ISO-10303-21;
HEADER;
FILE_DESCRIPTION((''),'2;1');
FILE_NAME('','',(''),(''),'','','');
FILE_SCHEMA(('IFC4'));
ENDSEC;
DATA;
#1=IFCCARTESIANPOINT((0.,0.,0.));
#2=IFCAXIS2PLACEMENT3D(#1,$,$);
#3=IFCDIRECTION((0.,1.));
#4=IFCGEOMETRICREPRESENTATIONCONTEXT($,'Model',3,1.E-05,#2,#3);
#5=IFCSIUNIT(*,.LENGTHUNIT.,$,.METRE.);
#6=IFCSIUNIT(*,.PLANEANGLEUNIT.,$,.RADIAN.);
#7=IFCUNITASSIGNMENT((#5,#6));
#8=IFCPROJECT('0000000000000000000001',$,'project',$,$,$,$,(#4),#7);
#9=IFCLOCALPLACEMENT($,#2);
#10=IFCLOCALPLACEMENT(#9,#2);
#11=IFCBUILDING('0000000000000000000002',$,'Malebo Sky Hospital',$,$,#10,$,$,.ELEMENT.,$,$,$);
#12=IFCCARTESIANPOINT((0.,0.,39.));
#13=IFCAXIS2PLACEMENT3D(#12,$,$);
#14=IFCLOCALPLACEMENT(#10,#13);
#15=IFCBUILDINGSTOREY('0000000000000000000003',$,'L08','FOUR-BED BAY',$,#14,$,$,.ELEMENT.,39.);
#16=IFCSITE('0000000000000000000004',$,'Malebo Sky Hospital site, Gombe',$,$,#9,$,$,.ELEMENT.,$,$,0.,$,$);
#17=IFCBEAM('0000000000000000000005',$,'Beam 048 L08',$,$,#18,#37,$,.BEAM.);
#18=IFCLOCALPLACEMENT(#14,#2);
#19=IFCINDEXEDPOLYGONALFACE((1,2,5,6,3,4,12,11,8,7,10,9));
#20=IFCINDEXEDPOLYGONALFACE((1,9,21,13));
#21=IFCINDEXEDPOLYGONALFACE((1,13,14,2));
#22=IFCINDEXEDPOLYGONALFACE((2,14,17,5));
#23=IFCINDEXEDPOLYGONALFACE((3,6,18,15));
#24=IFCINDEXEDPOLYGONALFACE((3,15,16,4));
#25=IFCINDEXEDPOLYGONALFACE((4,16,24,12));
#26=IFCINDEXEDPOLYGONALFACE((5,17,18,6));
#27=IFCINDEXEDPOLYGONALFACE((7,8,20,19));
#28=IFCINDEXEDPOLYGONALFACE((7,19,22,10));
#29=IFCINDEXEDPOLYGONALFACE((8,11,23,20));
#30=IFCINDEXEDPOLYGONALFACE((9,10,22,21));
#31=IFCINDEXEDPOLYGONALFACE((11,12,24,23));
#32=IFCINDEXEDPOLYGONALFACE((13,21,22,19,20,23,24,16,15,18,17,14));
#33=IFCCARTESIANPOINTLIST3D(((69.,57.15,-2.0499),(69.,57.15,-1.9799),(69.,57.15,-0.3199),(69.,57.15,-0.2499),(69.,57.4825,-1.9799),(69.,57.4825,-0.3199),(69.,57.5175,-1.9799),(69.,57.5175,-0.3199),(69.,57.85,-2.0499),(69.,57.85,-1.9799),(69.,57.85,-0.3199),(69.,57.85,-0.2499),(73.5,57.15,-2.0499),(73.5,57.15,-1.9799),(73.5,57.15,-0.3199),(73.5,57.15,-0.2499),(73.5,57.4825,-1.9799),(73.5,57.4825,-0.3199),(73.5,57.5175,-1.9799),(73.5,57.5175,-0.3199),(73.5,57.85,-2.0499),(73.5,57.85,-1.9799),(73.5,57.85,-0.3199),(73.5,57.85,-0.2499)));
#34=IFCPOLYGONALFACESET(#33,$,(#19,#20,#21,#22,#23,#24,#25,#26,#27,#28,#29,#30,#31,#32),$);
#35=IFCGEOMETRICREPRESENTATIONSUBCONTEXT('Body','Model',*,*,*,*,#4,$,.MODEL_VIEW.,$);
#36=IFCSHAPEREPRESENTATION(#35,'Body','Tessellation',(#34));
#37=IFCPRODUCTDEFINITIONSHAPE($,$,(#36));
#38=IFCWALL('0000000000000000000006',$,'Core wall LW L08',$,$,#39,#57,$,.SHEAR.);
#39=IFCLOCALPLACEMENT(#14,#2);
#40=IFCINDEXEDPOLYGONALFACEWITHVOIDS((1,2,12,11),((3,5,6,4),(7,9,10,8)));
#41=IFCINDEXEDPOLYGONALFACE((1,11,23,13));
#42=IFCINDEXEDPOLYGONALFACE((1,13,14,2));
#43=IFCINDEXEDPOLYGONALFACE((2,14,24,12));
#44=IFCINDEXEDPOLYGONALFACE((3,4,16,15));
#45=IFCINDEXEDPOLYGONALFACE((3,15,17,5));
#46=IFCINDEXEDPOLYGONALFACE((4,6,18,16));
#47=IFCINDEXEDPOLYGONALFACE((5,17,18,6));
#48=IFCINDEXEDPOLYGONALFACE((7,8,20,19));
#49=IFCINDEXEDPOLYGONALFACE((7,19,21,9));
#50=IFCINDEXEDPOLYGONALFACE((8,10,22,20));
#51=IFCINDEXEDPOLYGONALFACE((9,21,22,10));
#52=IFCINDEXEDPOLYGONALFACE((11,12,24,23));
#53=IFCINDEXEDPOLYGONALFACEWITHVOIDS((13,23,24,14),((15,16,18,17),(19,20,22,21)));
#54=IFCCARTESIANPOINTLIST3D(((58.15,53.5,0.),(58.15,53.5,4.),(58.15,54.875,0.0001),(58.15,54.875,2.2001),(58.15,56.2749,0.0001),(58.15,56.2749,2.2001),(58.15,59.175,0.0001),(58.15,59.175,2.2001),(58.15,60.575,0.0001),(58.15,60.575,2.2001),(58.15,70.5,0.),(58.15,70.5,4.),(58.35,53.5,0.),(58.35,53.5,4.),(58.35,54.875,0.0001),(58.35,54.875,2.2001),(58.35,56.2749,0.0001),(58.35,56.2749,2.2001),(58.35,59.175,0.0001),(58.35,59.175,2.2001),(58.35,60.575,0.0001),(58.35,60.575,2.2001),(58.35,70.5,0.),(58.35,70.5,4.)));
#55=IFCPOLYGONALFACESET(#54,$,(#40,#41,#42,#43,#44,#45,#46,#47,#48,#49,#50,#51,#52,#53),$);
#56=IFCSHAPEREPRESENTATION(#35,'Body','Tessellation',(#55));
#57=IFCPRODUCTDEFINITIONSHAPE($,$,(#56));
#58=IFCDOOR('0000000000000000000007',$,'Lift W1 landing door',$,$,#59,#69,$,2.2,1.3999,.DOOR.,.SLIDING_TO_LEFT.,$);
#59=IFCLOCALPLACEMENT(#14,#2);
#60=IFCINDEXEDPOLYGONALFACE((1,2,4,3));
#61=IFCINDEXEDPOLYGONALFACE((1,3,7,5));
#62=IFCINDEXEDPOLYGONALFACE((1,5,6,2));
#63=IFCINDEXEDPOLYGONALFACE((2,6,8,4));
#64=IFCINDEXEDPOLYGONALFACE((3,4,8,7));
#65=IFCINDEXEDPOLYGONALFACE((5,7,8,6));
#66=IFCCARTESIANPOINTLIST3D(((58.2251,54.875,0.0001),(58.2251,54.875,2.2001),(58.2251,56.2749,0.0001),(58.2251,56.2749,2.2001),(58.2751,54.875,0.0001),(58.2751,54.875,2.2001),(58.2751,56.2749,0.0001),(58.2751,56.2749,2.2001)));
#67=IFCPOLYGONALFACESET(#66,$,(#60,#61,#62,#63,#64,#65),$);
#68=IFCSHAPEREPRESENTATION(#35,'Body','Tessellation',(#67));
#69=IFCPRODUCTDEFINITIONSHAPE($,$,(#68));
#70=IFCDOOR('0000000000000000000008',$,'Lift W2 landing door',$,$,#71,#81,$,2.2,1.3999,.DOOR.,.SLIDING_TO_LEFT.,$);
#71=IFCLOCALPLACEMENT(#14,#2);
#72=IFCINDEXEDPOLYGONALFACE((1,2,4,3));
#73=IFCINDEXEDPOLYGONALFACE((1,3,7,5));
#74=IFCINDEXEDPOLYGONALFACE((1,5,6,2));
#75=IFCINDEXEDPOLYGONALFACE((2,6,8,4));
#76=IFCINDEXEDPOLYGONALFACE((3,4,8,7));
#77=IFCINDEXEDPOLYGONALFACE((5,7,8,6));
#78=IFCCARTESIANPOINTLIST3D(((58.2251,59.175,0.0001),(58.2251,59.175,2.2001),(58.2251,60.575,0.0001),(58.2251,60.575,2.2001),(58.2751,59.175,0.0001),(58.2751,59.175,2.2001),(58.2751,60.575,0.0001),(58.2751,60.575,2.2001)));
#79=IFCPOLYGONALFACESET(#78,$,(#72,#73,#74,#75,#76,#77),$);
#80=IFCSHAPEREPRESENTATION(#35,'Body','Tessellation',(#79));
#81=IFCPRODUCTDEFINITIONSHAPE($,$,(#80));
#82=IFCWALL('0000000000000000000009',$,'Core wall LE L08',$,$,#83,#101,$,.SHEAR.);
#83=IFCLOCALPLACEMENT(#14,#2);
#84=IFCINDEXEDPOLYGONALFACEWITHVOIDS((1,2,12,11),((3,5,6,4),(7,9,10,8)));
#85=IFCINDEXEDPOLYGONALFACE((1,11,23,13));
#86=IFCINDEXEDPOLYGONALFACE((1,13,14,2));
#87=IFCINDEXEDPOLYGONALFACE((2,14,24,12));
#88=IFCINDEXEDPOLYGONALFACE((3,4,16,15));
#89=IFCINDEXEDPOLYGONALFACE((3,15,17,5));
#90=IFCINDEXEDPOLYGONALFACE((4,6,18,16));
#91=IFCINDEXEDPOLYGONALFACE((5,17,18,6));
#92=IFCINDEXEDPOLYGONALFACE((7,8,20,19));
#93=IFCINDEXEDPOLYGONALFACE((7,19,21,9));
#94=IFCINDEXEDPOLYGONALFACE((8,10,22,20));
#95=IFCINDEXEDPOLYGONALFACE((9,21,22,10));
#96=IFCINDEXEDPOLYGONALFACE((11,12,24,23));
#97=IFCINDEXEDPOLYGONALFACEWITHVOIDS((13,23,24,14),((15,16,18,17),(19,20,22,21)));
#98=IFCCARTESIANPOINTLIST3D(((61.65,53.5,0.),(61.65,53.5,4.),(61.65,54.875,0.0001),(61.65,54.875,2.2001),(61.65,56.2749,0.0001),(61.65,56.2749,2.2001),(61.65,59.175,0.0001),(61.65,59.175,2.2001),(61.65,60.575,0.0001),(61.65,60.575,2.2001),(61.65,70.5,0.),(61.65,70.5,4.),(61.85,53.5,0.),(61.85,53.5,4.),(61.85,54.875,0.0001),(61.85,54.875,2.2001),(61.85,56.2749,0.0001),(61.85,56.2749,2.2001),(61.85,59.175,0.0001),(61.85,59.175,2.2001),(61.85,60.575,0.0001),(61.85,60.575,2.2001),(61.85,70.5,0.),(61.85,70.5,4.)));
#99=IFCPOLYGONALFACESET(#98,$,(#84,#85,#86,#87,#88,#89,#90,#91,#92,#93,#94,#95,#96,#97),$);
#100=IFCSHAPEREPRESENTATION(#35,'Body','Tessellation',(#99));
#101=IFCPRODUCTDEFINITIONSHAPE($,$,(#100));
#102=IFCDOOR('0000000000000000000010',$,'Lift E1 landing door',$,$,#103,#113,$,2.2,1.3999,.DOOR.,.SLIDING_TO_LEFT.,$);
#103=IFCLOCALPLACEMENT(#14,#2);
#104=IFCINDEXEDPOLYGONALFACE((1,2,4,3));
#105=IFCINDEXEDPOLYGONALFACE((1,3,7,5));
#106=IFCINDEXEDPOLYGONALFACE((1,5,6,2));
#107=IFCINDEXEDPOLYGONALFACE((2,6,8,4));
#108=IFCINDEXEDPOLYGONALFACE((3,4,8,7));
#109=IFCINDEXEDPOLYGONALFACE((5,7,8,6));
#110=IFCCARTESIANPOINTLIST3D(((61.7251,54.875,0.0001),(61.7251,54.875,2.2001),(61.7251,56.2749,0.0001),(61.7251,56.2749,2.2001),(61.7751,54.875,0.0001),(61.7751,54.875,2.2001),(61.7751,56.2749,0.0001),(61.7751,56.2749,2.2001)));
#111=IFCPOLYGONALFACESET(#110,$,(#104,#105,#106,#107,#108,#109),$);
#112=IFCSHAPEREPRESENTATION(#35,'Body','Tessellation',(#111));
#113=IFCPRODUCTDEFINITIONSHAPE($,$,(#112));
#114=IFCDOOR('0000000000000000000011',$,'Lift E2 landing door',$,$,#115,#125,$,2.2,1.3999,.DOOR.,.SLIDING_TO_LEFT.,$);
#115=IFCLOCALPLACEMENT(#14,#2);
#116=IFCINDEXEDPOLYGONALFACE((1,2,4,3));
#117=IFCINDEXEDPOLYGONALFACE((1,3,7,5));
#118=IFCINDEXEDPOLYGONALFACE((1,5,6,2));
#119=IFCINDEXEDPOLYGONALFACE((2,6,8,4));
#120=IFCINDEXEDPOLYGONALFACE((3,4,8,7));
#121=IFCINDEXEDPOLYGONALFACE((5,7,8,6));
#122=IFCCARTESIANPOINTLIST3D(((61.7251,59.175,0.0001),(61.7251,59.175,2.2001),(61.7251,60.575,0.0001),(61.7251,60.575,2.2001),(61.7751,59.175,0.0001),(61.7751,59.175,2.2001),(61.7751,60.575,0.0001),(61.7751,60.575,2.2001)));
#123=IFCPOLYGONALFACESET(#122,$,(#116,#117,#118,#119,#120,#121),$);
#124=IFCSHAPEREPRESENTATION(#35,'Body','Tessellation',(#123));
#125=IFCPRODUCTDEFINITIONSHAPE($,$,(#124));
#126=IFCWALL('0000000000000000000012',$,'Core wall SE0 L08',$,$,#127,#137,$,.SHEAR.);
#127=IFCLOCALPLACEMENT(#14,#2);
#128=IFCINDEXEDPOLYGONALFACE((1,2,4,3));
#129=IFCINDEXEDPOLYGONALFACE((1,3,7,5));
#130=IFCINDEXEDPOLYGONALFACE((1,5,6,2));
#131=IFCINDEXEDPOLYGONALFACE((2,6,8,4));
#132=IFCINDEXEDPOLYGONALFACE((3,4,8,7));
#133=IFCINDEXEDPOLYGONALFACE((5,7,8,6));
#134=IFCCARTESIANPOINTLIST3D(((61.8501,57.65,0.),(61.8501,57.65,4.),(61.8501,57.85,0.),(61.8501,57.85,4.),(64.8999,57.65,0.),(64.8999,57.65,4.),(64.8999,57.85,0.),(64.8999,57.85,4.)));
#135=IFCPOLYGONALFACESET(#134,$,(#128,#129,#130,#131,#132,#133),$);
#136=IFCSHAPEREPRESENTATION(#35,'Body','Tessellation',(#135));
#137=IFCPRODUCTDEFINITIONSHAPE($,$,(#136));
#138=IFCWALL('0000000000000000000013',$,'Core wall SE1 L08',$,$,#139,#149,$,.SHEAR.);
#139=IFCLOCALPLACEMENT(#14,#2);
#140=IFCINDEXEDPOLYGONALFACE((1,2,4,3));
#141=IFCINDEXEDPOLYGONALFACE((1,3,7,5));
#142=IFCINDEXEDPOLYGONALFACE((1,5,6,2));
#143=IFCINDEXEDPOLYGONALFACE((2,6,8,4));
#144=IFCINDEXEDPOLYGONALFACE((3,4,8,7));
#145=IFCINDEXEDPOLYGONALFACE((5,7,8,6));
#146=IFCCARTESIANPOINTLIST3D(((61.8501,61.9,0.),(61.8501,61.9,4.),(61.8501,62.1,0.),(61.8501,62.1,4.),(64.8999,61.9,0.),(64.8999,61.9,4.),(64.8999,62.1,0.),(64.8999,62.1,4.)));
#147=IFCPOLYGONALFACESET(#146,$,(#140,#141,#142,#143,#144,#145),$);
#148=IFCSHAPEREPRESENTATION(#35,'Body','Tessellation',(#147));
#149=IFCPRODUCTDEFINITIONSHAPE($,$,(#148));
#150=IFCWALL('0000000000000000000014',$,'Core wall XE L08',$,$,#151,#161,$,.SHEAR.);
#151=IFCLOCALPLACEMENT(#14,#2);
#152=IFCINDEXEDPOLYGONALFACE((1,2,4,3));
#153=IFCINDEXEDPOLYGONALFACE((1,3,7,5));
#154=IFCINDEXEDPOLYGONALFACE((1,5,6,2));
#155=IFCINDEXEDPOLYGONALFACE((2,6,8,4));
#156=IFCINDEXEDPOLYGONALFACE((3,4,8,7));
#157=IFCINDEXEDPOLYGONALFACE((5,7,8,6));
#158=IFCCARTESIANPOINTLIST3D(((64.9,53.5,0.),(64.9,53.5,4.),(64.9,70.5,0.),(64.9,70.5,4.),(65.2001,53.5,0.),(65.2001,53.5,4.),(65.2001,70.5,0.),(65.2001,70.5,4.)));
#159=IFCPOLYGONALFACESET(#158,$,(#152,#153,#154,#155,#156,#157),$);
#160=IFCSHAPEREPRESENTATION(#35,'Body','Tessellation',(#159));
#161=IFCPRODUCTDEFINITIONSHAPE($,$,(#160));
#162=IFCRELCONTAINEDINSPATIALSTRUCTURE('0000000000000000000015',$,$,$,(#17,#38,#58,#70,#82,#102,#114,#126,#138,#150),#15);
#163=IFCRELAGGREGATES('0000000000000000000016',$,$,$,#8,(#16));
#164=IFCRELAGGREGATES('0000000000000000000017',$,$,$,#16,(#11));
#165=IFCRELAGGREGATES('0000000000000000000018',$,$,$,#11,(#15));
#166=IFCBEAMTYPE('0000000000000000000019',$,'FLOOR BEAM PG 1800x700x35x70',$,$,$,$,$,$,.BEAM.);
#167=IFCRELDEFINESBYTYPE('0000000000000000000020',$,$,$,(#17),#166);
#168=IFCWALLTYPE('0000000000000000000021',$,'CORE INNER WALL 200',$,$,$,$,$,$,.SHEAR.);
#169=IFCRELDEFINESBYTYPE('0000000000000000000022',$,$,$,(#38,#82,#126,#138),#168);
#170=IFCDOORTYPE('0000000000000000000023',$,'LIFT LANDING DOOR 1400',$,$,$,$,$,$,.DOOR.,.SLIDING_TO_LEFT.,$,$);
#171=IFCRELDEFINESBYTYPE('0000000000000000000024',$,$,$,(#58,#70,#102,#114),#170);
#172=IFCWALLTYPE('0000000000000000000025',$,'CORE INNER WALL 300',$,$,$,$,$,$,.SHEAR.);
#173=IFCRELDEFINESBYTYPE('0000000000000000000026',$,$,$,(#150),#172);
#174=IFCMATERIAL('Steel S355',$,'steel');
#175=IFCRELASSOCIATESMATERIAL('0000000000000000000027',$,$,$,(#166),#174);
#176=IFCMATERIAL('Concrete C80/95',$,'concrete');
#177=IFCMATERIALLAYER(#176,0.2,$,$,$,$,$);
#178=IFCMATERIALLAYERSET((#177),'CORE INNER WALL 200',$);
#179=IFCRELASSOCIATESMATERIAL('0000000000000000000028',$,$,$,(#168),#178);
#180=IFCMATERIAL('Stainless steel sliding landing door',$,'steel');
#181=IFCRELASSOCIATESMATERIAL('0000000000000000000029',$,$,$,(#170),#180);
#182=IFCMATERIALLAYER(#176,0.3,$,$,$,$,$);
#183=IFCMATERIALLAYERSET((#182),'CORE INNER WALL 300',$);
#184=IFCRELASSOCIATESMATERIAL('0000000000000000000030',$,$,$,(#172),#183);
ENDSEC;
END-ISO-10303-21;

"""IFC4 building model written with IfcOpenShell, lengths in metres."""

from ifc_helpers import new_model, si_unit, direction, frame, frame_2d, origin, origin_2d, place, context, subcontext, project, spatial, rectangle, i_section, extrude, material, layer, layer_set, material_profile, profile_set, type_object, element, fill, save


model = new_model("IFC4")

# Units and contexts
model_context = context("Model", 3, precision=1e-05, world=origin(), true_north=direction((0.0, 1.0)))
body_context = subcontext(model_context, "Body", "Model", "MODEL_VIEW")
ifc_project = project(units=[si_unit("LENGTHUNIT", "METRE"), si_unit("PLANEANGLEUNIT", "RADIAN")], contexts=[model_context])

# Site, building, storey
site_placement = place(None, origin())
site = spatial("IfcSite", under=ifc_project, at=site_placement, Name="Malebo Sky Hospital site, Gombe", CompositionType="ELEMENT", RefElevation=0.0)
building_placement = place(site_placement, origin())
building = spatial("IfcBuilding", under=site, at=building_placement, Name="Malebo Sky Hospital", CompositionType="ELEMENT")
storey_placement = place(building_placement, frame((0.0, 0.0, 39.0)))
storey = spatial("IfcBuildingStorey", under=building, at=storey_placement, Name="L08", Description="FOUR-BED BAY", CompositionType="ELEMENT", Elevation=39.0)

# Beam
ifc_material_1 = material(Name="Steel S355", Category="steel")
ifc_material_profile = material_profile(ifc_material_1, i_section(OverallWidth=0.7, OverallDepth=1.8, WebThickness=0.0349, FlangeThickness=0.0701, at=origin_2d()), Name="PG 1800x700x35x70")
ifc_profile_set = profile_set([ifc_material_profile], Name="Steel S355")
beam_type = type_object("IfcBeamType", Name="FLOOR BEAM PG 1800x700x35x70", PredefinedType="BEAM", material=ifc_profile_set)
beam_placement = place(storey_placement, frame((69.0, 57.5, -1.1499), z_axis=(1.0, 0.0, 0.0), x_axis=(0.0, 1.0, 0.0)))
element("IfcBeam", 1, at=beam_placement, inside=storey, type_object=beam_type, Name="Beam 048 L08", PredefinedType="BEAM", context=body_context, shape_type="SweptSolid", body=[
    extrude(i_section(OverallWidth=0.7, OverallDepth=1.8, WebThickness=0.0349, FlangeThickness=0.0701, at=origin_2d()), origin(), (0.0, 0.0, 1.0), 4.5),
])

# Walls, openings, doors
ifc_material_2 = material(Name="Concrete C80/95", Category="concrete")
ifc_layer_1 = layer(ifc_material_2, 0.2)
ifc_layer_set_1 = layer_set([ifc_layer_1], Name="CORE INNER WALL 200")
wall_type_1 = type_object("IfcWallType", Name="CORE INNER WALL 200", PredefinedType="SHEAR", material=ifc_layer_set_1)
wall_1_placement = place(storey_placement, frame((58.25, 53.5, 0.0), z_axis=(0.0, 0.0, 1.0), x_axis=(0.0, 1.0, 0.0)))
wall_1 = element("IfcWall", 2, at=wall_1_placement, inside=storey, type_object=wall_type_1, Name="Core wall LW L08", PredefinedType="SHEAR", context=body_context, shape_type="SweptSolid", body=[
    extrude(rectangle(XDim=17.0, YDim=0.2, at=frame_2d((8.5, 0.0))), origin(), (0.0, 0.0, 1.0), 4.0),
])
opening_1_placement = place(wall_1_placement, frame((1.375, 0.0, 0.0)))
opening_1 = element("IfcOpeningElement", 3, at=opening_1_placement, cuts=wall_1, PredefinedType="OPENING", context=body_context, shape_type="SweptSolid", body=[
    extrude(rectangle(XDim=1.3999, YDim=2.2, at=frame_2d((0.7, 1.1001))), frame((0.0, 0.1099, 0.0), z_axis=(0.0, -1.0, 0.0), x_axis=(1.0, 0.0, 0.0)), (0.0, 0.0, 1.0), 0.22),
])
opening_2_placement = place(wall_1_placement, frame((5.675, 0.0, 0.0)))
opening_2 = element("IfcOpeningElement", 4, at=opening_2_placement, cuts=wall_1, PredefinedType="OPENING", context=body_context, shape_type="SweptSolid", body=[
    extrude(rectangle(XDim=1.3999, YDim=2.2, at=frame_2d((0.7, 1.1001))), frame((0.0, 0.1099, 0.0), z_axis=(0.0, -1.0, 0.0), x_axis=(1.0, 0.0, 0.0)), (0.0, 0.0, 1.0), 0.22),
])
ifc_material_3 = material(Name="Stainless steel sliding landing door", Category="steel")
door_type_1 = type_object("IfcDoorType", Name="LIFT LANDING DOOR 1400", OperationType="SLIDING_TO_LEFT", PredefinedType="DOOR", material=ifc_material_3)
door_1_placement = place(opening_1_placement, origin())
door_1 = element("IfcDoor", 5, at=door_1_placement, inside=storey, type_object=door_type_1, Name="Lift W1 landing door", OperationType="SLIDING_TO_LEFT", OverallHeight=2.2, OverallWidth=1.3999, PredefinedType="DOOR", context=body_context, shape_type="SweptSolid", body=[
    extrude(rectangle(XDim=1.3999, YDim=2.2, at=frame_2d((0.7, 1.1001))), frame((0.0, 0.0249, 0.0), z_axis=(0.0, -1.0, 0.0), x_axis=(1.0, 0.0, 0.0)), (0.0, 0.0, 1.0), 0.05),
])
fill(opening_1, door_1)
door_2_placement = place(opening_2_placement, origin())
door_2 = element("IfcDoor", 6, at=door_2_placement, inside=storey, type_object=door_type_1, Name="Lift W2 landing door", OperationType="SLIDING_TO_LEFT", OverallHeight=2.2, OverallWidth=1.3999, PredefinedType="DOOR", context=body_context, shape_type="SweptSolid", body=[
    extrude(rectangle(XDim=1.3999, YDim=2.2, at=frame_2d((0.7, 1.1001))), frame((0.0, 0.0249, 0.0), z_axis=(0.0, -1.0, 0.0), x_axis=(1.0, 0.0, 0.0)), (0.0, 0.0, 1.0), 0.05),
])
fill(opening_2, door_2)
wall_2_placement = place(storey_placement, frame((61.75, 53.5, 0.0), z_axis=(0.0, 0.0, 1.0), x_axis=(0.0, 1.0, 0.0)))
wall_2 = element("IfcWall", 7, at=wall_2_placement, inside=storey, type_object=wall_type_1, Name="Core wall LE L08", PredefinedType="SHEAR", context=body_context, shape_type="SweptSolid", body=[
    extrude(rectangle(XDim=17.0, YDim=0.2, at=frame_2d((8.5, 0.0))), origin(), (0.0, 0.0, 1.0), 4.0),
])
opening_3_placement = place(wall_2_placement, frame((1.375, 0.0, 0.0)))
opening_3 = element("IfcOpeningElement", 8, at=opening_3_placement, cuts=wall_2, PredefinedType="OPENING", context=body_context, shape_type="SweptSolid", body=[
    extrude(rectangle(XDim=1.3999, YDim=2.2, at=frame_2d((0.7, 1.1001))), frame((0.0, 0.1099, 0.0), z_axis=(0.0, -1.0, 0.0), x_axis=(1.0, 0.0, 0.0)), (0.0, 0.0, 1.0), 0.22),
])
opening_4_placement = place(wall_2_placement, frame((5.675, 0.0, 0.0)))
opening_4 = element("IfcOpeningElement", 9, at=opening_4_placement, cuts=wall_2, PredefinedType="OPENING", context=body_context, shape_type="SweptSolid", body=[
    extrude(rectangle(XDim=1.3999, YDim=2.2, at=frame_2d((0.7, 1.1001))), frame((0.0, 0.1099, 0.0), z_axis=(0.0, -1.0, 0.0), x_axis=(1.0, 0.0, 0.0)), (0.0, 0.0, 1.0), 0.22),
])
door_3_placement = place(opening_3_placement, origin())
door_3 = element("IfcDoor", 10, at=door_3_placement, inside=storey, type_object=door_type_1, Name="Lift E1 landing door", OperationType="SLIDING_TO_LEFT", OverallHeight=2.2, OverallWidth=1.3999, PredefinedType="DOOR", context=body_context, shape_type="SweptSolid", body=[
    extrude(rectangle(XDim=1.3999, YDim=2.2, at=frame_2d((0.7, 1.1001))), frame((0.0, 0.0249, 0.0), z_axis=(0.0, -1.0, 0.0), x_axis=(1.0, 0.0, 0.0)), (0.0, 0.0, 1.0), 0.05),
])
fill(opening_3, door_3)
door_4_placement = place(opening_4_placement, origin())
door_4 = element("IfcDoor", 11, at=door_4_placement, inside=storey, type_object=door_type_1, Name="Lift E2 landing door", OperationType="SLIDING_TO_LEFT", OverallHeight=2.2, OverallWidth=1.3999, PredefinedType="DOOR", context=body_context, shape_type="SweptSolid", body=[
    extrude(rectangle(XDim=1.3999, YDim=2.2, at=frame_2d((0.7, 1.1001))), frame((0.0, 0.0249, 0.0), z_axis=(0.0, -1.0, 0.0), x_axis=(1.0, 0.0, 0.0)), (0.0, 0.0, 1.0), 0.05),
])
fill(opening_4, door_4)

# Walls
for number, where, z_axis, x_axis, name in (
    (12, (61.8501, 57.75, 0.0), (0.0, 0.0, 1.0), (1.0, 0.0, 0.0), "Core wall SE0 L08"),
    (13, (61.8501, 62.0, 0.0), (0.0, 0.0, 1.0), (1.0, 0.0, 0.0), "Core wall SE1 L08"),
):
    element("IfcWall", number, at=place(storey_placement, frame(where, z_axis=z_axis, x_axis=x_axis)), inside=storey, type_object=wall_type_1, Name=name, PredefinedType="SHEAR", context=body_context, shape_type="SweptSolid", body=[
        extrude(rectangle(XDim=3.0498, YDim=0.2, at=frame_2d((1.5249, 0.0))), origin(), (0.0, 0.0, 1.0), 4.0),
    ])
ifc_layer_2 = layer(ifc_material_2, 0.3)
ifc_layer_set_2 = layer_set([ifc_layer_2], Name="CORE INNER WALL 300")
wall_type_2 = type_object("IfcWallType", Name="CORE INNER WALL 300", PredefinedType="SHEAR", material=ifc_layer_set_2)
wall_3_placement = place(storey_placement, frame((65.05, 53.5, 0.0), z_axis=(0.0, 0.0, 1.0), x_axis=(0.0, 1.0, 0.0)))
element("IfcWall", 14, at=wall_3_placement, inside=storey, type_object=wall_type_2, Name="Core wall XE L08", PredefinedType="SHEAR", context=body_context, shape_type="SweptSolid", body=[
    extrude(rectangle(XDim=17.0, YDim=0.3, at=frame_2d((8.5, 0.0))), origin(), (0.0, 0.0, 1.0), 4.0),
])

save(model, "model.ifc")
